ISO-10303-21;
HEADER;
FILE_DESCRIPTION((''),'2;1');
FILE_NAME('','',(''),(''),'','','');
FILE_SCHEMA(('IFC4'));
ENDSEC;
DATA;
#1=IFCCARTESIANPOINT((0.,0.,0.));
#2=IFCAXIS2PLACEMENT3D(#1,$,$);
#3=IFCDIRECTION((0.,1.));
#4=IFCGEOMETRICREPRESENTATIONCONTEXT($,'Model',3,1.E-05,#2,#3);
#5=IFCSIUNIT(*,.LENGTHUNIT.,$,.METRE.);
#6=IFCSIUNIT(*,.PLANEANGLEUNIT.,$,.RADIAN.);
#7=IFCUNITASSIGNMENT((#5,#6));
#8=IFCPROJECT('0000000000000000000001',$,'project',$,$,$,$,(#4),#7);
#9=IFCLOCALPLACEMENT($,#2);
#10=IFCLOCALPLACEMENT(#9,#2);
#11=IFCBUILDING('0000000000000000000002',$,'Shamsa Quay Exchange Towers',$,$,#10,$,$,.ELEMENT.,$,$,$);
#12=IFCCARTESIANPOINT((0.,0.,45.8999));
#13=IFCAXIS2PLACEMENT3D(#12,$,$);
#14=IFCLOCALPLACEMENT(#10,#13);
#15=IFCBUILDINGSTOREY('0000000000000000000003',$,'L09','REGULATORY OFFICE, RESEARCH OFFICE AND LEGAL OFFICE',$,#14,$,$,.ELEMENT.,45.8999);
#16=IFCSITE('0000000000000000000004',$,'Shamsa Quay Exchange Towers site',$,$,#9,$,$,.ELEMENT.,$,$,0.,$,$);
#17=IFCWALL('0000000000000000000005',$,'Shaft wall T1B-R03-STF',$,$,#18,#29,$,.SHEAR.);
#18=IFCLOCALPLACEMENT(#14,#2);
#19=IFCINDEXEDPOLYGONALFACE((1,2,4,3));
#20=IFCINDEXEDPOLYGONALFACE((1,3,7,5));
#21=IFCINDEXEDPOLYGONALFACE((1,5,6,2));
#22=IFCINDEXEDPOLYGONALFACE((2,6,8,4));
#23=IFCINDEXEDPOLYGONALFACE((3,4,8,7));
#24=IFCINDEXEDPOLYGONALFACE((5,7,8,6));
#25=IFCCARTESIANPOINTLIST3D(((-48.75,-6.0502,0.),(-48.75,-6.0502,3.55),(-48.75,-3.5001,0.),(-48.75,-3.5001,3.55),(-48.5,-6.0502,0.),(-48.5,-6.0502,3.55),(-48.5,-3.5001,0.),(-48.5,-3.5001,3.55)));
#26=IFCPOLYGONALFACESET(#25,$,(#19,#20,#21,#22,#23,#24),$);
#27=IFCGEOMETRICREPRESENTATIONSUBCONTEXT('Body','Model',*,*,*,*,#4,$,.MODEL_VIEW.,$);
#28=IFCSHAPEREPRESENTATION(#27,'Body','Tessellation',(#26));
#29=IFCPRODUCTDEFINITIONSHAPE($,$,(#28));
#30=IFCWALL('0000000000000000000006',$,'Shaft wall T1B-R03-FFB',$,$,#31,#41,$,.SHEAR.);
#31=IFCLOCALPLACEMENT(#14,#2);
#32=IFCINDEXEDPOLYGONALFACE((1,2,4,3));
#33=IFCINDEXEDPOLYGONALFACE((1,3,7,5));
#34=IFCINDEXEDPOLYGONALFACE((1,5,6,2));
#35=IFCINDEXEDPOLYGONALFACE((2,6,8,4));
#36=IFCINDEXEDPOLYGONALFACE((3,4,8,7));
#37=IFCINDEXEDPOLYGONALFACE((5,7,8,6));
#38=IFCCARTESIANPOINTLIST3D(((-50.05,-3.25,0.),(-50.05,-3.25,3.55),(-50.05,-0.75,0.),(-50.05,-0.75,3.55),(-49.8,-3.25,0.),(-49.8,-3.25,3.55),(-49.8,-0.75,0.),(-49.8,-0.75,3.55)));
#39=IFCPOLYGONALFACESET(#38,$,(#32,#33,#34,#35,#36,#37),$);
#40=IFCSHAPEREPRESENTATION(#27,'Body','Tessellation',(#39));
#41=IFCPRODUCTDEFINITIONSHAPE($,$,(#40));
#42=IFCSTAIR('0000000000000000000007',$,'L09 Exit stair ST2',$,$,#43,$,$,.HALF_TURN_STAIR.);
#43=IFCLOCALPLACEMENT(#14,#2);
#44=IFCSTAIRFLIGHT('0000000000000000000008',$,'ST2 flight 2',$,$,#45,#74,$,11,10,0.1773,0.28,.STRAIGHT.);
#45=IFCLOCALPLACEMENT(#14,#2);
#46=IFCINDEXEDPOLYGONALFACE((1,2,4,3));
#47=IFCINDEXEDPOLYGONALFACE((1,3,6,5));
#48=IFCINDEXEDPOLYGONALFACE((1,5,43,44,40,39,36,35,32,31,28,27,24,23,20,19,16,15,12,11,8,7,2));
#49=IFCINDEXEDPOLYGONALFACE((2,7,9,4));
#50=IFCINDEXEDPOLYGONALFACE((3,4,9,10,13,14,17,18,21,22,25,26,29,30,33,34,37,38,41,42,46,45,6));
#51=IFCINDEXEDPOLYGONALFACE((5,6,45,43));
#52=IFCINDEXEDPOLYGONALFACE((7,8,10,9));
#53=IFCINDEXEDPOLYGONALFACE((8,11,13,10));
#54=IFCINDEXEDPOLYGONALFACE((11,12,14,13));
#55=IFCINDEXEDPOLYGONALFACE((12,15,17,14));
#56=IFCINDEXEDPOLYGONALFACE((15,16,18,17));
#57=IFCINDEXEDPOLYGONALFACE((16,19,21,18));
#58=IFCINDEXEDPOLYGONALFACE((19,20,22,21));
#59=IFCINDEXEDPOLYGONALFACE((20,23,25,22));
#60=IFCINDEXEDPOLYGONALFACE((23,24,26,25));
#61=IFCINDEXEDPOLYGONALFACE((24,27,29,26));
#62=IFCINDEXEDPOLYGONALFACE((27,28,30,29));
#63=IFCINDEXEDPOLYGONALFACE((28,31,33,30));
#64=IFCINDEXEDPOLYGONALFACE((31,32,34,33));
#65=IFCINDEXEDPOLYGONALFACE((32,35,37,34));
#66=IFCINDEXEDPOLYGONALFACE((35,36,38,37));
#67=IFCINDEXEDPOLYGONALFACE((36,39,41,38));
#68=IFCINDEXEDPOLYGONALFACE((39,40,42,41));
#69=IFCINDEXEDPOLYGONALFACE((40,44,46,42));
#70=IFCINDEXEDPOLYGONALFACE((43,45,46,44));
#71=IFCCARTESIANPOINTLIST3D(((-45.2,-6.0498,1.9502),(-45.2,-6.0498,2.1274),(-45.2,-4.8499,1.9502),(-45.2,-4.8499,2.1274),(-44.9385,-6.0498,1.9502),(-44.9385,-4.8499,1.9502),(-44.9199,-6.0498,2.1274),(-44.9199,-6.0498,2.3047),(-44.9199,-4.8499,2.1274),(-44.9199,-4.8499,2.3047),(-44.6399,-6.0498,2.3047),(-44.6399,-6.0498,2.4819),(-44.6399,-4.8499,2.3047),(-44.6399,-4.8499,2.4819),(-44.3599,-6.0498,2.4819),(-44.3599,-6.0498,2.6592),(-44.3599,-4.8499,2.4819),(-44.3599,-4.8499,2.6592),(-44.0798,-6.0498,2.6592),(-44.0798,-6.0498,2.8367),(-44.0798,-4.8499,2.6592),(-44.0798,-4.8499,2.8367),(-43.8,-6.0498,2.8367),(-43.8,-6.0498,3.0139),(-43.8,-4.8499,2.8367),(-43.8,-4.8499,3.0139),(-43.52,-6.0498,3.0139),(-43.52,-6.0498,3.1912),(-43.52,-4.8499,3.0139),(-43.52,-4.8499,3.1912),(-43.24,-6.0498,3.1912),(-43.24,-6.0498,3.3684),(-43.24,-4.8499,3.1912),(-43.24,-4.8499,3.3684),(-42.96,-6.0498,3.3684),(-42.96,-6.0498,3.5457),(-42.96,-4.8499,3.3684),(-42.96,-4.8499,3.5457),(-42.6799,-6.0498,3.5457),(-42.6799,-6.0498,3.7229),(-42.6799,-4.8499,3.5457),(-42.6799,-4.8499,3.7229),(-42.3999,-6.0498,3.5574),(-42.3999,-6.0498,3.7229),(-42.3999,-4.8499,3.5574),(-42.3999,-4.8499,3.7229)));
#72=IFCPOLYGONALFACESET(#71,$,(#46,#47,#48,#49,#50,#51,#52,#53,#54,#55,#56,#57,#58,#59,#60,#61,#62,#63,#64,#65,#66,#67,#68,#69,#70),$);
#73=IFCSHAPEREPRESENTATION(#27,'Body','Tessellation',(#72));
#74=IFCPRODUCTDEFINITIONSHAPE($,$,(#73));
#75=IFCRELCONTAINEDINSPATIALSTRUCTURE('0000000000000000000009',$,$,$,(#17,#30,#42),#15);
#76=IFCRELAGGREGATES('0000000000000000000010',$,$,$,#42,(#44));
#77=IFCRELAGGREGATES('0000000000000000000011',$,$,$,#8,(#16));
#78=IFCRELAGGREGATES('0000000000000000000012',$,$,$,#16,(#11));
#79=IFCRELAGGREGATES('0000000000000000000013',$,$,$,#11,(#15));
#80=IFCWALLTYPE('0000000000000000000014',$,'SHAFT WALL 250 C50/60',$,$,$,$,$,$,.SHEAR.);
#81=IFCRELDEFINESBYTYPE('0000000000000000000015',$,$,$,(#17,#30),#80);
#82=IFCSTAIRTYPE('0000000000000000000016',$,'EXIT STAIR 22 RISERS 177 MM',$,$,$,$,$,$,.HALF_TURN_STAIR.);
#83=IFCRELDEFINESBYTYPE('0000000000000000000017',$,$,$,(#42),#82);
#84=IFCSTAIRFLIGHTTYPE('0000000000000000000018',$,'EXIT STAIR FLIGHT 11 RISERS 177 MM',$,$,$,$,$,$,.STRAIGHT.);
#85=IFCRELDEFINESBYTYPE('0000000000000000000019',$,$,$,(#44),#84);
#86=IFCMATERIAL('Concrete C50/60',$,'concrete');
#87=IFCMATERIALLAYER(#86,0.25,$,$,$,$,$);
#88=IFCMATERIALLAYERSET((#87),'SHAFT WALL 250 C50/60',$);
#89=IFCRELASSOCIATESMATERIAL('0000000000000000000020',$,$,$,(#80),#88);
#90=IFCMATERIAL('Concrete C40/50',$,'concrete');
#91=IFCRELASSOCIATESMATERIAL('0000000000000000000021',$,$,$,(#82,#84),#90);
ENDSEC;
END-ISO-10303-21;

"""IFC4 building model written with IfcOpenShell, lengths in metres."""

from ifc_helpers import new_model, si_unit, direction, frame, frame_2d, origin, place, context, subcontext, project, spatial, polyline, rectangle, outline, extrude, material, layer, layer_set, type_object, element, aggregate, save


model = new_model("IFC4")

# Units and contexts
model_context = context("Model", 3, precision=1e-05, world=origin(), true_north=direction((0.0, 1.0)))
body_context = subcontext(model_context, "Body", "Model", "MODEL_VIEW")
ifc_project = project(units=[si_unit("LENGTHUNIT", "METRE"), si_unit("PLANEANGLEUNIT", "RADIAN")], contexts=[model_context])

# Site, building, storey
site_placement = place(None, origin())
site = spatial("IfcSite", under=ifc_project, at=site_placement, Name="Shamsa Quay Exchange Towers site", CompositionType="ELEMENT", RefElevation=0.0)
building_placement = place(site_placement, origin())
building = spatial("IfcBuilding", under=site, at=building_placement, Name="Shamsa Quay Exchange Towers", CompositionType="ELEMENT")
storey_placement = place(building_placement, frame((0.0, 0.0, 45.8999)))
storey = spatial("IfcBuildingStorey", under=building, at=storey_placement, Name="L09", Description="REGULATORY OFFICE, RESEARCH OFFICE AND LEGAL OFFICE", CompositionType="ELEMENT", Elevation=45.8999)

# Wall
ifc_material_1 = material(Name="Concrete C50/60", Category="concrete")
ifc_layer_1 = layer(ifc_material_1, 0.25)
ifc_layer_set_1 = layer_set([ifc_layer_1], Name="SHAFT WALL 250 C50/60")
wall_type_1 = type_object("IfcWallType", Name="SHAFT WALL 250 C50/60", PredefinedType="SHEAR", material=ifc_layer_set_1)
wall_1_placement = place(storey_placement, frame((-48.625, -6.05, 0.0), z_axis=(0.0, 0.0, 1.0), x_axis=(0.0, 1.0, 0.0)))
element("IfcWall", 1, at=wall_1_placement, inside=storey, type_object=wall_type_1, Name="Shaft wall T1B-R03-STF", PredefinedType="SHEAR", context=body_context, shape_type="SweptSolid", body=[
    extrude(rectangle(XDim=2.55, YDim=0.25, at=frame_2d((1.2749, 0.0))), origin(), (0.0, 0.0, 1.0), 3.55),
])

# Wall
wall_2_placement = place(storey_placement, frame((-49.925, -3.25, 0.0), z_axis=(0.0, 0.0, 1.0), x_axis=(0.0, 1.0, 0.0)))
element("IfcWall", 2, at=wall_2_placement, inside=storey, type_object=wall_type_1, Name="Shaft wall T1B-R03-FFB", PredefinedType="SHEAR", context=body_context, shape_type="SweptSolid", body=[
    extrude(rectangle(XDim=2.5, YDim=0.25, at=frame_2d((1.25, 0.0))), origin(), (0.0, 0.0, 1.0), 3.55),
])

# Stair, stair flight
ifc_material_2 = material(Name="Concrete C40/50", Category="concrete")
stair_type = type_object("IfcStairType", Name="EXIT STAIR 22 RISERS 177 MM", PredefinedType="HALF_TURN_STAIR", material=ifc_material_2)
stair_placement = place(storey_placement, origin())
stair = element("IfcStair", 3, at=stair_placement, inside=storey, type_object=stair_type, Name="L09 Exit stair ST2", PredefinedType="HALF_TURN_STAIR")
stair_flight_type = type_object("IfcStairFlightType", Name="EXIT STAIR FLIGHT 11 RISERS 177 MM", PredefinedType="STRAIGHT", material=ifc_material_2)
stair_flight_placement = place(storey_placement, frame((-45.2, -5.45, 1.9502)))
stair_flight = element("IfcStairFlight", 4, at=stair_flight_placement, type_object=stair_flight_type, Name="ST2 flight 2", NumberOfRisers=11, NumberOfTreads=10, PredefinedType="STRAIGHT", RiserHeight=0.1773, TreadLength=0.28, context=body_context, shape_type="SweptSolid", body=[
    extrude(outline(polyline([(0.0, 0.0), (0.0, 0.1772), (0.28, 0.1772), (0.28, 0.3545), (0.5601, 0.3545), (0.5601, 0.5317), (0.8401, 0.5317), (0.8401, 0.709), (1.1201, 0.709), (1.1201, 0.8865), (1.3999, 0.8865), (1.3999, 1.0637), (1.6799, 1.0637), (1.6799, 1.241), (1.96, 1.241), (1.96, 1.4182), (2.24, 1.4182), (2.24, 1.5955), (2.52, 1.5955), (2.52, 1.7727), (2.8, 1.7727), (2.8, 1.95), (2.8, 1.6072), (0.2615, 0.0), (0.0, 0.0)])), frame((0.0, 0.6001, 0.0), z_axis=(0.0, -1.0, 0.0), x_axis=(1.0, 0.0, 0.0)), (0.0, 0.0, 1.0), 1.2),
])
aggregate(stair, [stair_flight])

save(model, "model.ifc")
